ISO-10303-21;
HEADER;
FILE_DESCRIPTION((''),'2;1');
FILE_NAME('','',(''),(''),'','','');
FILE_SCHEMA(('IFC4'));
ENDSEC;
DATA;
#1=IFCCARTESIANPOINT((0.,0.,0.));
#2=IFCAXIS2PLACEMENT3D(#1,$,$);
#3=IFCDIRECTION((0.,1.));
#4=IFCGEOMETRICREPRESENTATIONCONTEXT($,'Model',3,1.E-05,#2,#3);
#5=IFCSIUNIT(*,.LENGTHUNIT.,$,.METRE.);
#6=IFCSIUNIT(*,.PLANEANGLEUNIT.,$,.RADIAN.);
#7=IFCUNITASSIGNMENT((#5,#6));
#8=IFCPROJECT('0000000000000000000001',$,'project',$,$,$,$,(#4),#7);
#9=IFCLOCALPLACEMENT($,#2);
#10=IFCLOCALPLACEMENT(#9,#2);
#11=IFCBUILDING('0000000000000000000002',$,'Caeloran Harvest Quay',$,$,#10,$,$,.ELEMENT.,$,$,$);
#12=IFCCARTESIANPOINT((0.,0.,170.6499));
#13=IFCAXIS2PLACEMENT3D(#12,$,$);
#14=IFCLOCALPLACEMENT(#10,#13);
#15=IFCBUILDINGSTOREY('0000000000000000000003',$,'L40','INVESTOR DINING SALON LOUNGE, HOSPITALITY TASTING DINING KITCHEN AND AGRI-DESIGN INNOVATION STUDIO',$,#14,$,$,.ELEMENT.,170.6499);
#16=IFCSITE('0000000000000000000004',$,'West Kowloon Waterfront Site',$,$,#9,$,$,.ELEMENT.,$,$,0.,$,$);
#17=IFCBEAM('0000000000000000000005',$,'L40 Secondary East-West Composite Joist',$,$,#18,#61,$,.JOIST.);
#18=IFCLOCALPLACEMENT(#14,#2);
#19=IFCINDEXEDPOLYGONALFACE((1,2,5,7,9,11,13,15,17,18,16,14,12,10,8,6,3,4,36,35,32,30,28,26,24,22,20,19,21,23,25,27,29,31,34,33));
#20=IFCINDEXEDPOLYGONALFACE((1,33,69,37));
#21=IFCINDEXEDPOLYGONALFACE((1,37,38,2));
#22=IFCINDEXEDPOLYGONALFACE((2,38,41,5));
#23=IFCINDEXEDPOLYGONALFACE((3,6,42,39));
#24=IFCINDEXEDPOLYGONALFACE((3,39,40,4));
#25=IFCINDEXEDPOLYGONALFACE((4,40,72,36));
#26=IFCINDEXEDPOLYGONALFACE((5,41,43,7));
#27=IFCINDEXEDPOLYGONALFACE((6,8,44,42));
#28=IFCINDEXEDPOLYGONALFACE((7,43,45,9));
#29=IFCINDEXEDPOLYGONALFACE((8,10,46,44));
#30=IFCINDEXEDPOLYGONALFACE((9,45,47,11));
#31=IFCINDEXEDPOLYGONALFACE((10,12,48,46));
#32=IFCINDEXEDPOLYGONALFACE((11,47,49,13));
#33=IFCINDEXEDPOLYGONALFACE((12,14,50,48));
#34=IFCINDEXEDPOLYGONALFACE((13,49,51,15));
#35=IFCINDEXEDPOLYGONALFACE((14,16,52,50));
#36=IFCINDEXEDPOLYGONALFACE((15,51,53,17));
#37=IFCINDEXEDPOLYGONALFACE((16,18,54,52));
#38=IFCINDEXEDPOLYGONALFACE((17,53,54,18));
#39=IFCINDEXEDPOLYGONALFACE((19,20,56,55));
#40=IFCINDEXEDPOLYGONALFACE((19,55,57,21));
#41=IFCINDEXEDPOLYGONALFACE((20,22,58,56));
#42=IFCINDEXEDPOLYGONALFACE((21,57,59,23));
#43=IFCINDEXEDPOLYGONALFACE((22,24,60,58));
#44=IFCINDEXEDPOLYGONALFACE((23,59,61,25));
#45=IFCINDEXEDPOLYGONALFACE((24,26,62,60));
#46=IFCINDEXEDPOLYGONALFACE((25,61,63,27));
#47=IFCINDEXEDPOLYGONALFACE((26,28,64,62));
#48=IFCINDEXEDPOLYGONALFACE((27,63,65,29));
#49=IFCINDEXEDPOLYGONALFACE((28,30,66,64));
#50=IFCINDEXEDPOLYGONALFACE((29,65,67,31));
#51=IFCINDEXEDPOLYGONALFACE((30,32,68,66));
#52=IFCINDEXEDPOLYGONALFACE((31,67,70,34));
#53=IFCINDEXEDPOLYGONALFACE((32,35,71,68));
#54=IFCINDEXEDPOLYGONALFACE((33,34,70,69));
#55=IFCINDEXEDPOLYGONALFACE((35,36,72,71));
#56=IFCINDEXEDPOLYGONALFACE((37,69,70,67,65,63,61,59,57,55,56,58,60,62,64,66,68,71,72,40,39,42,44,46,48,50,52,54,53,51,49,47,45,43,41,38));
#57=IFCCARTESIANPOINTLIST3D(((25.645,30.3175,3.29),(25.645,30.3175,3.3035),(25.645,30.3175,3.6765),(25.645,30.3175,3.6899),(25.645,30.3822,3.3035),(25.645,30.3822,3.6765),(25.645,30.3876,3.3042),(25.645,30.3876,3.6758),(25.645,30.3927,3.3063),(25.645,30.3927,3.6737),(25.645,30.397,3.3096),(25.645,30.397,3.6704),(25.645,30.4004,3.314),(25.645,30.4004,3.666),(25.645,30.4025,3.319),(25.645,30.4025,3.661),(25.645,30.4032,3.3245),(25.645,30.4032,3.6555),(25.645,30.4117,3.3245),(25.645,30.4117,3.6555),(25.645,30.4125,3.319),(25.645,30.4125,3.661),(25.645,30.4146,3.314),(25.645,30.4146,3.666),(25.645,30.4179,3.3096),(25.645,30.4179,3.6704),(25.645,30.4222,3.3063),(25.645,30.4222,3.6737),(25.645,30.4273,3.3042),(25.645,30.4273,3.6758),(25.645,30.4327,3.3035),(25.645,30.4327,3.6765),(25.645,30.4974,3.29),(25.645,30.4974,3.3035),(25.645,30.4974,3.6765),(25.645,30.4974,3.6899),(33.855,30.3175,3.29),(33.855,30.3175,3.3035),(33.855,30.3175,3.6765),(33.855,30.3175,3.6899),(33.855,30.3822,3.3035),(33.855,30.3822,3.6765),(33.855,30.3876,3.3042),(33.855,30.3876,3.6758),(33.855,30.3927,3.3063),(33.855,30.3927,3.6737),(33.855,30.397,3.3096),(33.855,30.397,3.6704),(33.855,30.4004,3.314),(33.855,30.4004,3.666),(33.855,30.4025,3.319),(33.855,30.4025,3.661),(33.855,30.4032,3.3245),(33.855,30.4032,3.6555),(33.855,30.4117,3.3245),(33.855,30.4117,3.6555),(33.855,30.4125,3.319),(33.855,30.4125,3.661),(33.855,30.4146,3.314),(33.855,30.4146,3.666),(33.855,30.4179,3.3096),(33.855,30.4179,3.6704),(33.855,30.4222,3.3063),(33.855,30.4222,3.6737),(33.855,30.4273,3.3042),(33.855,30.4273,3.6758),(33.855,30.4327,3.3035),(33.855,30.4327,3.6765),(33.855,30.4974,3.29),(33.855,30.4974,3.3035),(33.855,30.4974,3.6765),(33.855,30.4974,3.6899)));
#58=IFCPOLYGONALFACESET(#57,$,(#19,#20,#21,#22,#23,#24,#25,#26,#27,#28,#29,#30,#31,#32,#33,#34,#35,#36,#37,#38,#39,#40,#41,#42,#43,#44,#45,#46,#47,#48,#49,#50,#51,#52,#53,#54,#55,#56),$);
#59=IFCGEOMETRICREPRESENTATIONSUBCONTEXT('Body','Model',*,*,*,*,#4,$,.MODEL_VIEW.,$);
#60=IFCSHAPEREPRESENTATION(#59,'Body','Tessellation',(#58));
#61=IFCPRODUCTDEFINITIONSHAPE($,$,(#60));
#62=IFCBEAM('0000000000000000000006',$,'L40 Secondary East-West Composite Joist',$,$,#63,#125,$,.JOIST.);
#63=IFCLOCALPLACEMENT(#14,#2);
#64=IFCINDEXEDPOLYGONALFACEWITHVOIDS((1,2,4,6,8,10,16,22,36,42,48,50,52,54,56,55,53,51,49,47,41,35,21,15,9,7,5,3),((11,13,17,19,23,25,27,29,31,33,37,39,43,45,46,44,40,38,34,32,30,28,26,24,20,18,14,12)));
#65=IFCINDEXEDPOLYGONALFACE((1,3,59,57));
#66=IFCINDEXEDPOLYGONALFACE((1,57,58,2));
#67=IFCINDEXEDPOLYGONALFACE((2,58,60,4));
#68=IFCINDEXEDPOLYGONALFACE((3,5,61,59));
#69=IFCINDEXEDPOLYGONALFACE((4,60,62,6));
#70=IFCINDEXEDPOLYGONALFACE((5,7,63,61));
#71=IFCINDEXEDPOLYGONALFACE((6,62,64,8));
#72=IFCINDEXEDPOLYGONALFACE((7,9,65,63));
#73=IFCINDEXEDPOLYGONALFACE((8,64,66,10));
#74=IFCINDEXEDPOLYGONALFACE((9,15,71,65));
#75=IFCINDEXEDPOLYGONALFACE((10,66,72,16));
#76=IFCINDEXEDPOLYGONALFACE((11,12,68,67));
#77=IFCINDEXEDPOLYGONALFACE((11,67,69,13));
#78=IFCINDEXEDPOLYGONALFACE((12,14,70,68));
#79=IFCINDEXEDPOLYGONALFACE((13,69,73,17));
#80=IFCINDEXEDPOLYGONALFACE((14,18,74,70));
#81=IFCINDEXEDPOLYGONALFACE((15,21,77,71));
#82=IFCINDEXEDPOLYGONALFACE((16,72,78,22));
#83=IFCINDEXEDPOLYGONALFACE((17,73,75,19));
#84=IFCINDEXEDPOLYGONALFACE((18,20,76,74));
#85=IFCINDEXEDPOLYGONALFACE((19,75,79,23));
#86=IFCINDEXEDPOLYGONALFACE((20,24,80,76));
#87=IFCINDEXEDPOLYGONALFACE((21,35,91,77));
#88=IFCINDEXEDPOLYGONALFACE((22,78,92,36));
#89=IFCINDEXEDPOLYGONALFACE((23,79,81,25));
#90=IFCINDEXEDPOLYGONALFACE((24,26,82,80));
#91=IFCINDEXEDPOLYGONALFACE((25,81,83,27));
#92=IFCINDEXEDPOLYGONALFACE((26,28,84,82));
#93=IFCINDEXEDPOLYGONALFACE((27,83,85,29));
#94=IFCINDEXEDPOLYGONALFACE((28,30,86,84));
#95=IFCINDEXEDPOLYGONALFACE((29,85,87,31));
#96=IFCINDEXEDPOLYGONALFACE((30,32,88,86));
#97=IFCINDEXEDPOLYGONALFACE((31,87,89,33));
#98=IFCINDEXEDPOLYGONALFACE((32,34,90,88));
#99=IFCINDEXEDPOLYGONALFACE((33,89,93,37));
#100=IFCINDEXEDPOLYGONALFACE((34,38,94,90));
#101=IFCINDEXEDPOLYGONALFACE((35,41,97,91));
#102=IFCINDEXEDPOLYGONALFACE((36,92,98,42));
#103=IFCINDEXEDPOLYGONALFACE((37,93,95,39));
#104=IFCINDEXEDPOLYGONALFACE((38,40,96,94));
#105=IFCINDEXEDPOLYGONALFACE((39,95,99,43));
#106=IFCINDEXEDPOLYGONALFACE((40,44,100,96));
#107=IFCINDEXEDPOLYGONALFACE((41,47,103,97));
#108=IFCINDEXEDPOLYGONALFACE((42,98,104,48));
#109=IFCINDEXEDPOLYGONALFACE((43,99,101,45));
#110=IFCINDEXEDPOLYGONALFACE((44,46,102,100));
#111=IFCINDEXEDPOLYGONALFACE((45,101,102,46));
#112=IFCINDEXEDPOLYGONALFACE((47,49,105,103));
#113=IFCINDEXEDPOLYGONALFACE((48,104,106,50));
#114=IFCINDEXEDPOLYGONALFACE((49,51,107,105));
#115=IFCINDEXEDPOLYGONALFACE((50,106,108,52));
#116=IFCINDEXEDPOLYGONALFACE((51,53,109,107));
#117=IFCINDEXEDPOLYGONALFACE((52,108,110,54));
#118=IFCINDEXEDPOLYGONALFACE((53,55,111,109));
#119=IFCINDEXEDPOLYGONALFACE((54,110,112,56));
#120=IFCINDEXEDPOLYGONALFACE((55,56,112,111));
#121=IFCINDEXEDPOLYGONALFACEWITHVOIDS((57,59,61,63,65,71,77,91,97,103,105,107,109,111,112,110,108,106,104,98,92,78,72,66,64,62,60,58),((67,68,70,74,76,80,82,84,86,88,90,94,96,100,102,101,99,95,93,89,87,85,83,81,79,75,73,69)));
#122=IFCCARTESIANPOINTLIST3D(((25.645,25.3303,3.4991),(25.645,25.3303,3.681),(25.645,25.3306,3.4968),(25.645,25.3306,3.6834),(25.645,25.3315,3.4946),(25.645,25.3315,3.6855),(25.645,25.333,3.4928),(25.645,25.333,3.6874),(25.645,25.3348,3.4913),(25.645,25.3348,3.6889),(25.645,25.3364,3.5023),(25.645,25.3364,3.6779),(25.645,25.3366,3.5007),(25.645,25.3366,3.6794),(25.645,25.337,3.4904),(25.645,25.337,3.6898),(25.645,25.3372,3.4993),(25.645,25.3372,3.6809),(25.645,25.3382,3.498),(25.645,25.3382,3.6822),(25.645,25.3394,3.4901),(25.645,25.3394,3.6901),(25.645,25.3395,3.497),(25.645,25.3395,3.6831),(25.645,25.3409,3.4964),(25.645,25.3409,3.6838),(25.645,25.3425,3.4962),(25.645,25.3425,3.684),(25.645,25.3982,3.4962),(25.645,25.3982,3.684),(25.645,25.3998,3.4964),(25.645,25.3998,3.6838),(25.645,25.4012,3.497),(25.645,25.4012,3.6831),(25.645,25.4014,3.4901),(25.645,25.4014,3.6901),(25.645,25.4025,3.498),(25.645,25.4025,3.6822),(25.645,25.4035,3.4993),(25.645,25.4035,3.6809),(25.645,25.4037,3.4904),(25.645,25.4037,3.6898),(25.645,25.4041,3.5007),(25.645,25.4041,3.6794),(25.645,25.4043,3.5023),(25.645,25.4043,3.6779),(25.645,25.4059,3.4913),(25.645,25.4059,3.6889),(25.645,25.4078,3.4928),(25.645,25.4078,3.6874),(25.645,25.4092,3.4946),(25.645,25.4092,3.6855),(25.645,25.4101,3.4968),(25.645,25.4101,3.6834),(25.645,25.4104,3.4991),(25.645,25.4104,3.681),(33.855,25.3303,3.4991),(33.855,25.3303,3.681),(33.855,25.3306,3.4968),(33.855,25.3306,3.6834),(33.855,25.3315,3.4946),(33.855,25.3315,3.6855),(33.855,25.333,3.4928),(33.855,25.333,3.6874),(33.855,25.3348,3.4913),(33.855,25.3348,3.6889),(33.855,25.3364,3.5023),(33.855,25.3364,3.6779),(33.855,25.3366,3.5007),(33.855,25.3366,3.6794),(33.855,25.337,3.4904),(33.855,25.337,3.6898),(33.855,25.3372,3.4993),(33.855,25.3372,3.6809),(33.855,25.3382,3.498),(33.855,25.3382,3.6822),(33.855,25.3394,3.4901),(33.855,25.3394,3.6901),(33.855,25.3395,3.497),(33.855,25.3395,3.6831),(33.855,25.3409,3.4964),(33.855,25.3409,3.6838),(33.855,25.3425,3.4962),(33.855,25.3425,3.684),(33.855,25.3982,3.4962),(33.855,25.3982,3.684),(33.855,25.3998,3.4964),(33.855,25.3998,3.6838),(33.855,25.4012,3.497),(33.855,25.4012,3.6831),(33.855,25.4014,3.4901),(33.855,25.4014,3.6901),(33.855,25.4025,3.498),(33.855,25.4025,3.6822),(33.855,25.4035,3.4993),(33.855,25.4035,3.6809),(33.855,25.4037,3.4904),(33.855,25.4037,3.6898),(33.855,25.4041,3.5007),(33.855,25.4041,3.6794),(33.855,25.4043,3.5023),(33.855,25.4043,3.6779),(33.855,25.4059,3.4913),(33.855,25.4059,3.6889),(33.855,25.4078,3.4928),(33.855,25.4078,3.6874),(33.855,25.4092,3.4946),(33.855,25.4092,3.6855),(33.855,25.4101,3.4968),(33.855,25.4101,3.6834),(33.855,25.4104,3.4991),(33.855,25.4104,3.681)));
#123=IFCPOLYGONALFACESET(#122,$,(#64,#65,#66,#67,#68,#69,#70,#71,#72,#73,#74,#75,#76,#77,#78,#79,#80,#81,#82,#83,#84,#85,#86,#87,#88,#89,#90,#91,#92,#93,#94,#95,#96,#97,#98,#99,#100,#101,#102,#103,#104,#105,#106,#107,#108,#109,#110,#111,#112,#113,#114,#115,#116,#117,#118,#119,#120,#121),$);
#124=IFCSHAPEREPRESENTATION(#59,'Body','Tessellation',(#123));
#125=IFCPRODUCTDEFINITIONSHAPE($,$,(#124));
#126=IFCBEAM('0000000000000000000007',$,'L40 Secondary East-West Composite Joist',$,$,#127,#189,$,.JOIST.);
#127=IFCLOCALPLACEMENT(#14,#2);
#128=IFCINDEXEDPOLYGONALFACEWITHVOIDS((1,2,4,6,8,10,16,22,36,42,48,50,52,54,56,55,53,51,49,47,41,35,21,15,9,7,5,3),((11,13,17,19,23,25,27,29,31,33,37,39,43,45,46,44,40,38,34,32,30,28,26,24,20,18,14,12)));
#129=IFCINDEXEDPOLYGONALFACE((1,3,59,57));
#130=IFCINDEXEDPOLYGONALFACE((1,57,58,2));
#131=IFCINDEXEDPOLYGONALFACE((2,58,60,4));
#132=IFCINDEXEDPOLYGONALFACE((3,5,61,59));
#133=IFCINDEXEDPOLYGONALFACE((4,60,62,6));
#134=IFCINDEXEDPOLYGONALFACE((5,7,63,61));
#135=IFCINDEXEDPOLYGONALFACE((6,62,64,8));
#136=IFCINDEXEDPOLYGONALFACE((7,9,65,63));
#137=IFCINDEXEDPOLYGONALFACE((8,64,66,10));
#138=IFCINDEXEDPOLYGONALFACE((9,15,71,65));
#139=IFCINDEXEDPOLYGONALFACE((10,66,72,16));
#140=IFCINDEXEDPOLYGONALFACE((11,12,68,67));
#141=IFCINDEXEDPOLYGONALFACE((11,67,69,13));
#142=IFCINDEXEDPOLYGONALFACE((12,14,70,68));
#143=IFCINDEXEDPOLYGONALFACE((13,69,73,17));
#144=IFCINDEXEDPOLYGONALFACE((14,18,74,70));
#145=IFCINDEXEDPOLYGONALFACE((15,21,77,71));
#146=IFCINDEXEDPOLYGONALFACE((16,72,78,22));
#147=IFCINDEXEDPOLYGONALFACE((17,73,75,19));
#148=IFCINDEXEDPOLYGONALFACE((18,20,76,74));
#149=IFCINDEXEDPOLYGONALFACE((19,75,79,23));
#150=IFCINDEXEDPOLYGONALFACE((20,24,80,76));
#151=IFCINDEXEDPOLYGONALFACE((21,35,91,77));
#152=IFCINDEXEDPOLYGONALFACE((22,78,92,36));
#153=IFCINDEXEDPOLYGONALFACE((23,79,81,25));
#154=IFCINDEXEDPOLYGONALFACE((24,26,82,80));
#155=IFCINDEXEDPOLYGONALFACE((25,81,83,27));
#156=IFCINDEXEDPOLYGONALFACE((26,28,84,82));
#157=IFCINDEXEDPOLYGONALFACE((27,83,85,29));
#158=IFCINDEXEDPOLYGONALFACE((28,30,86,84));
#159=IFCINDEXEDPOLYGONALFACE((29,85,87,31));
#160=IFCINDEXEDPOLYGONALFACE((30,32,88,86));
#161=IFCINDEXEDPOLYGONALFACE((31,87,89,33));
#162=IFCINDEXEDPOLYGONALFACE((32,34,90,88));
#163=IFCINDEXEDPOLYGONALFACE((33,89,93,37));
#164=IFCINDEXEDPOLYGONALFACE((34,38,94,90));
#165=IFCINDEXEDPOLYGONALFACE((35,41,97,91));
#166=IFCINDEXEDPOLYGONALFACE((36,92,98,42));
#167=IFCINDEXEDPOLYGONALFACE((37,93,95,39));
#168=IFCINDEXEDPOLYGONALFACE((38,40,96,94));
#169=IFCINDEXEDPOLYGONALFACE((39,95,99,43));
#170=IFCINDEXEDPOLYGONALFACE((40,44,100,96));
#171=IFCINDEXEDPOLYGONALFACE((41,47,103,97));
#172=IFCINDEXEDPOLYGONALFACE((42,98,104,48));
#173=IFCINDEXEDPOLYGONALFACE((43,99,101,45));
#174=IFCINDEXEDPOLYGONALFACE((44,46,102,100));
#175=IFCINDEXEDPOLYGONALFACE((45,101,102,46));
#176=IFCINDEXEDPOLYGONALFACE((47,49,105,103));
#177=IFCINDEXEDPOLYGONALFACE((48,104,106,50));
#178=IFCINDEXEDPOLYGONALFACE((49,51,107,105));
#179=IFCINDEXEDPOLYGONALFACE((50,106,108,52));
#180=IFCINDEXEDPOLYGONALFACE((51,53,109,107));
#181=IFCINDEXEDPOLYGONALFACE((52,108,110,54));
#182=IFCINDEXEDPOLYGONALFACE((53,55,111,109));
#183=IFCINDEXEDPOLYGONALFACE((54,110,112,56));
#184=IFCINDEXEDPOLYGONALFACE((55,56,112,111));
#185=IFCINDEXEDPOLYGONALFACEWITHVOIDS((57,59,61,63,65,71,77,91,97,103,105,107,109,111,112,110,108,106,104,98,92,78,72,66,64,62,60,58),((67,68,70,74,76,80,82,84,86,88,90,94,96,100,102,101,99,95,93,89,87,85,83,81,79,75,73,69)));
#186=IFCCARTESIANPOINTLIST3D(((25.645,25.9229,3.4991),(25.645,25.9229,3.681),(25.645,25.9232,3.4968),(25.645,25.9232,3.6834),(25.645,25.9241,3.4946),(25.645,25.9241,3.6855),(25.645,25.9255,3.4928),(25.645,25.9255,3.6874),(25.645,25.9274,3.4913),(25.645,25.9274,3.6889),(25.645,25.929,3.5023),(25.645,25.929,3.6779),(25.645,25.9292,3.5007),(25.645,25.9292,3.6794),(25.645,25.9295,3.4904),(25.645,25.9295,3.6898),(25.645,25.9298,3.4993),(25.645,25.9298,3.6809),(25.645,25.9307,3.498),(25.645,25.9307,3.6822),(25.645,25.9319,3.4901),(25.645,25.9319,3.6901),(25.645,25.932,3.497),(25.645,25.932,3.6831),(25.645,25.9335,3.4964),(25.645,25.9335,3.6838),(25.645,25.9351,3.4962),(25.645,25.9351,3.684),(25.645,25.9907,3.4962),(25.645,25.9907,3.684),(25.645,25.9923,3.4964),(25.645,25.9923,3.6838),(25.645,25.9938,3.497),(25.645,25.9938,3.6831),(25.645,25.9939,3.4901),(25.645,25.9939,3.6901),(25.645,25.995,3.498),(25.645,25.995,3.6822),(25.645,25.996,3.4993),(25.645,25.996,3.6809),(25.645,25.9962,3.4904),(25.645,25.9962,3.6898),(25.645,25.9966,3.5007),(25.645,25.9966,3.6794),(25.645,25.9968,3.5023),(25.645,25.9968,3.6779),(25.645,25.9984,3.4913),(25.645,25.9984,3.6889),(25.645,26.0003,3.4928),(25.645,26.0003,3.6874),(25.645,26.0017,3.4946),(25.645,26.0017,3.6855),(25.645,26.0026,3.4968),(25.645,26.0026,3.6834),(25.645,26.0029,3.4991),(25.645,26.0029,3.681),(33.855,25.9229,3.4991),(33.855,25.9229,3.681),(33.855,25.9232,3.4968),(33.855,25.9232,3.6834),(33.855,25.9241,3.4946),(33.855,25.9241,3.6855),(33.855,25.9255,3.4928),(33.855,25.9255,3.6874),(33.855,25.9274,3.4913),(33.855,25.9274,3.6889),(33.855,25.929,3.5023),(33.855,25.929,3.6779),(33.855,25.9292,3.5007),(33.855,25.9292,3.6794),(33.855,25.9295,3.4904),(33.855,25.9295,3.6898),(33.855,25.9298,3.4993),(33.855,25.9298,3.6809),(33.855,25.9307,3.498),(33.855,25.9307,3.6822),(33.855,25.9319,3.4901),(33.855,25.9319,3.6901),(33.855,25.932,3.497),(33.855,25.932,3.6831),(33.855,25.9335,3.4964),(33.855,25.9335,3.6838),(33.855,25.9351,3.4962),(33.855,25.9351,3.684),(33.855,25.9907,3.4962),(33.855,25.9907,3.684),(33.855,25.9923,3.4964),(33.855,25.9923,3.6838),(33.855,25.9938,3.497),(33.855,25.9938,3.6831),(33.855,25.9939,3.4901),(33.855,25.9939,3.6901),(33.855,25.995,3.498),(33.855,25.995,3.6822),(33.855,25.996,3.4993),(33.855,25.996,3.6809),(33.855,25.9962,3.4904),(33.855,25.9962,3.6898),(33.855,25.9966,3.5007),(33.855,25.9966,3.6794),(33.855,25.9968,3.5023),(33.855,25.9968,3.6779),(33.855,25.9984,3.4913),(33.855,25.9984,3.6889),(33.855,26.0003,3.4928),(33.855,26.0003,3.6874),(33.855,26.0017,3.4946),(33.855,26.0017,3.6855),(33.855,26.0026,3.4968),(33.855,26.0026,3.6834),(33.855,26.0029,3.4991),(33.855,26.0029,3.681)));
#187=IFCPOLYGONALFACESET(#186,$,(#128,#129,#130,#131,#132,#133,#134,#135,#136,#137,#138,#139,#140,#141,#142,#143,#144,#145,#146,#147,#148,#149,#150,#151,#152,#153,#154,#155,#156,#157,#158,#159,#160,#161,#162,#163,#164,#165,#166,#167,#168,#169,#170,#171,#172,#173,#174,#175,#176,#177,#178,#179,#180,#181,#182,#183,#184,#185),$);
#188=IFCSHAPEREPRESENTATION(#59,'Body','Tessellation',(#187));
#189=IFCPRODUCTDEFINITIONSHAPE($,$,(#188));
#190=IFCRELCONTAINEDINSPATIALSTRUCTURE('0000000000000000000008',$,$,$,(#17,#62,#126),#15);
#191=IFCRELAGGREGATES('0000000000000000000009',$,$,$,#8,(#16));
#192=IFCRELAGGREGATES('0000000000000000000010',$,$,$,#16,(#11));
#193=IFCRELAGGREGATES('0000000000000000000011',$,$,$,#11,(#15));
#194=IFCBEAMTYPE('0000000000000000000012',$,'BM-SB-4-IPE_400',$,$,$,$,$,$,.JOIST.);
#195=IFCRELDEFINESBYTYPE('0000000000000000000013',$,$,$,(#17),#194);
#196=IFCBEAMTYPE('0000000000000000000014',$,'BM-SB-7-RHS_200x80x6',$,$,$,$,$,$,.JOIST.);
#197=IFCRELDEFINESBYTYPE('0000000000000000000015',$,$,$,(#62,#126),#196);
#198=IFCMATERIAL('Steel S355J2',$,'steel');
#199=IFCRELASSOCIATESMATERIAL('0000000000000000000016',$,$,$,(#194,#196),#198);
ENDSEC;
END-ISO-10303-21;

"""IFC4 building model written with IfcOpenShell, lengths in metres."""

from ifc_helpers import new_model, si_unit, direction, frame, origin, origin_2d, place, context, subcontext, project, spatial, hollow_rectangle, i_section, extrude, material, material_profile, profile_set, type_object, element, save


model = new_model("IFC4")

# Units and contexts
model_context = context("Model", 3, precision=1e-05, world=origin(), true_north=direction((0.0, 1.0)))
body_context = subcontext(model_context, "Body", "Model", "MODEL_VIEW")
ifc_project = project(units=[si_unit("LENGTHUNIT", "METRE"), si_unit("PLANEANGLEUNIT", "RADIAN")], contexts=[model_context])

# Site, building, storey
site_placement = place(None, origin())
site = spatial("IfcSite", under=ifc_project, at=site_placement, Name="West Kowloon Waterfront Site", CompositionType="ELEMENT", RefElevation=0.0)
building_placement = place(site_placement, origin())
building = spatial("IfcBuilding", under=site, at=building_placement, Name="Caeloran Harvest Quay", CompositionType="ELEMENT")
storey_placement = place(building_placement, frame((0.0, 0.0, 170.6499)))
storey = spatial("IfcBuildingStorey", under=building, at=storey_placement, Name="L40", Description="INVESTOR DINING SALON LOUNGE, HOSPITALITY TASTING DINING KITCHEN AND AGRI-DESIGN INNOVATION STUDIO", CompositionType="ELEMENT", Elevation=170.6499)

# Beams
ifc_material_1 = material(Name="Steel S355J2", Category="steel")
ifc_material_profile_1 = material_profile(ifc_material_1, i_section(OverallWidth=0.1799, OverallDepth=0.3999, WebThickness=0.0085, FlangeThickness=0.0134, FilletRadius=0.021, at=origin_2d()), Name="IPE 400")
ifc_profile_set_1 = profile_set([ifc_material_profile_1], Name="Steel S355J2")
beam_type_1 = type_object("IfcBeamType", Name="BM-SB-4-IPE_400", PredefinedType="JOIST", material=ifc_profile_set_1)
for number, where, z_axis, x_axis, name in (
    (1, (25.645, 30.4075, 3.49), (1.0, 0.0, 0.0), (0.0, 1.0, 0.0), "L40 Secondary East-West Composite Joist"),
):
    element("IfcBeam", number, at=place(storey_placement, frame(where, z_axis=z_axis, x_axis=x_axis)), inside=storey, type_object=beam_type_1, Name=name, PredefinedType="JOIST", context=body_context, shape_type="SweptSolid", body=[
        extrude(i_section(OverallWidth=0.1799, OverallDepth=0.3999, WebThickness=0.0085, FlangeThickness=0.0134, FilletRadius=0.021, at=origin_2d()), origin(), (0.0, 0.0, 1.0), 8.21),
    ])
ifc_material_profile_2 = material_profile(ifc_material_1, hollow_rectangle(XDim=0.0801, YDim=0.2, WallThickness=0.0061, InnerFilletRadius=0.0061, OuterFilletRadius=0.009, at=origin_2d()), Name="RHS 200x80x6")
ifc_profile_set_2 = profile_set([ifc_material_profile_2], Name="Steel S355J2")
beam_type_2 = type_object("IfcBeamType", Name="BM-SB-7-RHS_200x80x6", PredefinedType="JOIST", material=ifc_profile_set_2)
for number, where, z_axis, x_axis, name in (
    (2, (25.645, 25.3704, 3.5901), (1.0, 0.0, 0.0), (0.0, 1.0, 0.0), "L40 Secondary East-West Composite Joist"),
    (3, (25.645, 25.9629, 3.5901), (1.0, 0.0, 0.0), (0.0, 1.0, 0.0), "L40 Secondary East-West Composite Joist"),
):
    element("IfcBeam", number, at=place(storey_placement, frame(where, z_axis=z_axis, x_axis=x_axis)), inside=storey, type_object=beam_type_2, Name=name, PredefinedType="JOIST", context=body_context, shape_type="SweptSolid", body=[
        extrude(hollow_rectangle(XDim=0.0801, YDim=0.2, WallThickness=0.0061, InnerFilletRadius=0.0061, OuterFilletRadius=0.009, at=origin_2d()), origin(), (0.0, 0.0, 1.0), 8.21),
    ])

save(model, "model.ifc")
